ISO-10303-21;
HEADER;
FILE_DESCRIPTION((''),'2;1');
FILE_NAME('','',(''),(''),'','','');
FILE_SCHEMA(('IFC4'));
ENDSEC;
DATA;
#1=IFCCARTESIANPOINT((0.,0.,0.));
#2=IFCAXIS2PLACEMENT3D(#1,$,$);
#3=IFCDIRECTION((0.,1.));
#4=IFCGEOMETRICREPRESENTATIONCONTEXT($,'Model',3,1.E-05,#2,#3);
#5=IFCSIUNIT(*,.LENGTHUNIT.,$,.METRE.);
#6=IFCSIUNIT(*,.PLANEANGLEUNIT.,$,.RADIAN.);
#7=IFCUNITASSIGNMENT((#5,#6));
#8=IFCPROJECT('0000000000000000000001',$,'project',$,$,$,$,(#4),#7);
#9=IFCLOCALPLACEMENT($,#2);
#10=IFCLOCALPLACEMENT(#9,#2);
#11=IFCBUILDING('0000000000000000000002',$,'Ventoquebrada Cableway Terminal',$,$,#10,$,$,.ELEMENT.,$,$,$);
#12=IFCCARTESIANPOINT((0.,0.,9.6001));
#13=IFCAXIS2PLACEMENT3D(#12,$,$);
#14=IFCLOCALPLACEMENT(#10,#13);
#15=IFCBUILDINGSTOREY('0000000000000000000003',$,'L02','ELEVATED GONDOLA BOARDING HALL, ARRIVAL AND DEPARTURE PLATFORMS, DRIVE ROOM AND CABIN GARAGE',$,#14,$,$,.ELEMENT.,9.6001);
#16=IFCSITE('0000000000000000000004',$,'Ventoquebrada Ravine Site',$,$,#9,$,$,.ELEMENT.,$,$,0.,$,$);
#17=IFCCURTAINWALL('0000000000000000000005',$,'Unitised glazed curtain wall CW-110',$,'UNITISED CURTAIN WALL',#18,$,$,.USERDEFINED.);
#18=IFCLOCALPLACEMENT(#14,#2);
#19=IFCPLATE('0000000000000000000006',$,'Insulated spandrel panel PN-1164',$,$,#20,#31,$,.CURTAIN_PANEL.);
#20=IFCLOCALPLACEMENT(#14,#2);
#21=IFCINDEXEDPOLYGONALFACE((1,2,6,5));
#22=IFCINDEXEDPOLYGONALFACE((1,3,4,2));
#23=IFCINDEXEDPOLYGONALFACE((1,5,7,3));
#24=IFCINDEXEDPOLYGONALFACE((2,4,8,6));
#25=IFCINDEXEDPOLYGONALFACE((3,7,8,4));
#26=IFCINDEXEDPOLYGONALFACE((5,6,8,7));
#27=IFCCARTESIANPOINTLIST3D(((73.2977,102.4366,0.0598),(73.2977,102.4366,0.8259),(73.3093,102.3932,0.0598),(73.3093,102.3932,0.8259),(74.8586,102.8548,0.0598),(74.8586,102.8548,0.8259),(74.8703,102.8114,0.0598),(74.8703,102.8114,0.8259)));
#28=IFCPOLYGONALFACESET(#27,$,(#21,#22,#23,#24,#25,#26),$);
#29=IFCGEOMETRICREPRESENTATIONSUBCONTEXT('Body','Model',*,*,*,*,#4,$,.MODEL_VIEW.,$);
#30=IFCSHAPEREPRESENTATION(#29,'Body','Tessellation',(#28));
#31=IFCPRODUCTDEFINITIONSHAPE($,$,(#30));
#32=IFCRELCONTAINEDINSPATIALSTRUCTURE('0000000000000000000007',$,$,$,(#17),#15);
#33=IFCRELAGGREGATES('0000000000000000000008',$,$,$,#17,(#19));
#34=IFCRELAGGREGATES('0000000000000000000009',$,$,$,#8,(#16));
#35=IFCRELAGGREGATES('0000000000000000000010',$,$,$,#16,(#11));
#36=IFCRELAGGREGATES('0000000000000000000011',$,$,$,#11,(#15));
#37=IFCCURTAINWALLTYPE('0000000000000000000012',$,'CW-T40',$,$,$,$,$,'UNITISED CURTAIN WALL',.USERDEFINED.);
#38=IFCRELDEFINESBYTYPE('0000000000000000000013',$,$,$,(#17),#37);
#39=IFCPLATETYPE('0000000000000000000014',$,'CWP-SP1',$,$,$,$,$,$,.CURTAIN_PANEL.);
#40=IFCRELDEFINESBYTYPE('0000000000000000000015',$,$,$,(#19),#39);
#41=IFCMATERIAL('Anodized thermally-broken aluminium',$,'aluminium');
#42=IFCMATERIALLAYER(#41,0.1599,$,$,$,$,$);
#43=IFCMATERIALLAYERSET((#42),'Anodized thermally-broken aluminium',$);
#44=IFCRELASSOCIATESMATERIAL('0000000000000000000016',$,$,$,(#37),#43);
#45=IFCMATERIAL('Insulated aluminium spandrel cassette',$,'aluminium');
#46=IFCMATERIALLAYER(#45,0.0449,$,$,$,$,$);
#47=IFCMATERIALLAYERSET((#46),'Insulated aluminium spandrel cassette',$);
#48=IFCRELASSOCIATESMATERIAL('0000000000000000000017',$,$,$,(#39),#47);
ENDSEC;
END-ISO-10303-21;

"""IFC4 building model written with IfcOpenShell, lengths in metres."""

from ifc_helpers import new_model, si_unit, direction, frame, origin, origin_2d, place, context, subcontext, project, spatial, rectangle, extrude, material, layer, layer_set, type_object, element, aggregate, save


model = new_model("IFC4")

# Units and contexts
model_context = context("Model", 3, precision=1e-05, world=origin(), true_north=direction((0.0, 1.0)))
body_context = subcontext(model_context, "Body", "Model", "MODEL_VIEW")
ifc_project = project(units=[si_unit("LENGTHUNIT", "METRE"), si_unit("PLANEANGLEUNIT", "RADIAN")], contexts=[model_context])

# Site, building, storey
site_placement = place(None, origin())
site = spatial("IfcSite", under=ifc_project, at=site_placement, Name="Ventoquebrada Ravine Site", CompositionType="ELEMENT", RefElevation=0.0)
building_placement = place(site_placement, origin())
building = spatial("IfcBuilding", under=site, at=building_placement, Name="Ventoquebrada Cableway Terminal", CompositionType="ELEMENT")
storey_placement = place(building_placement, frame((0.0, 0.0, 9.6001)))
storey = spatial("IfcBuildingStorey", under=building, at=storey_placement, Name="L02", Description="ELEVATED GONDOLA BOARDING HALL, ARRIVAL AND DEPARTURE PLATFORMS, DRIVE ROOM AND CABIN GARAGE", CompositionType="ELEMENT", Elevation=9.6001)

# Curtain wall
ifc_material_1 = material(Name="Anodized thermally-broken aluminium", Category="aluminium")
ifc_layer_1 = layer(ifc_material_1, 0.1599)
ifc_layer_set_1 = layer_set([ifc_layer_1], Name="Anodized thermally-broken aluminium")
curtain_wall_type = type_object("IfcCurtainWallType", Name="CW-T40", ElementType="UNITISED CURTAIN WALL", PredefinedType="USERDEFINED", material=ifc_layer_set_1)
curtain_wall_1_placement = place(storey_placement, origin())
curtain_wall_1 = element("IfcCurtainWall", 1, at=curtain_wall_1_placement, inside=storey, type_object=curtain_wall_type, Name="Unitised glazed curtain wall CW-110", ObjectType="UNITISED CURTAIN WALL", PredefinedType="USERDEFINED")

# Plate
ifc_material_2 = material(Name="Insulated aluminium spandrel cassette", Category="aluminium")
ifc_layer_2 = layer(ifc_material_2, 0.0449)
ifc_layer_set_2 = layer_set([ifc_layer_2], Name="Insulated aluminium spandrel cassette")
plate_type_1 = type_object("IfcPlateType", Name="CWP-SP1", PredefinedType="CURTAIN_PANEL", material=ifc_layer_set_2)
plate_1_placement = place(storey_placement, frame((74.084, 102.624, 0.0598), z_axis=(0.0, 0.0, 1.0), x_axis=(-0.965939, -0.258768, 0.0)))
plate_1 = element("IfcPlate", 2, at=plate_1_placement, type_object=plate_type_1, Name="Insulated spandrel panel PN-1164", PredefinedType="CURTAIN_PANEL", context=body_context, shape_type="SweptSolid", body=[
    extrude(rectangle(XDim=1.616, YDim=0.0449, at=origin_2d()), origin(), (0.0, 0.0, 1.0), 0.7661),
])
aggregate(curtain_wall_1, [plate_1])

save(model, "model.ifc")
